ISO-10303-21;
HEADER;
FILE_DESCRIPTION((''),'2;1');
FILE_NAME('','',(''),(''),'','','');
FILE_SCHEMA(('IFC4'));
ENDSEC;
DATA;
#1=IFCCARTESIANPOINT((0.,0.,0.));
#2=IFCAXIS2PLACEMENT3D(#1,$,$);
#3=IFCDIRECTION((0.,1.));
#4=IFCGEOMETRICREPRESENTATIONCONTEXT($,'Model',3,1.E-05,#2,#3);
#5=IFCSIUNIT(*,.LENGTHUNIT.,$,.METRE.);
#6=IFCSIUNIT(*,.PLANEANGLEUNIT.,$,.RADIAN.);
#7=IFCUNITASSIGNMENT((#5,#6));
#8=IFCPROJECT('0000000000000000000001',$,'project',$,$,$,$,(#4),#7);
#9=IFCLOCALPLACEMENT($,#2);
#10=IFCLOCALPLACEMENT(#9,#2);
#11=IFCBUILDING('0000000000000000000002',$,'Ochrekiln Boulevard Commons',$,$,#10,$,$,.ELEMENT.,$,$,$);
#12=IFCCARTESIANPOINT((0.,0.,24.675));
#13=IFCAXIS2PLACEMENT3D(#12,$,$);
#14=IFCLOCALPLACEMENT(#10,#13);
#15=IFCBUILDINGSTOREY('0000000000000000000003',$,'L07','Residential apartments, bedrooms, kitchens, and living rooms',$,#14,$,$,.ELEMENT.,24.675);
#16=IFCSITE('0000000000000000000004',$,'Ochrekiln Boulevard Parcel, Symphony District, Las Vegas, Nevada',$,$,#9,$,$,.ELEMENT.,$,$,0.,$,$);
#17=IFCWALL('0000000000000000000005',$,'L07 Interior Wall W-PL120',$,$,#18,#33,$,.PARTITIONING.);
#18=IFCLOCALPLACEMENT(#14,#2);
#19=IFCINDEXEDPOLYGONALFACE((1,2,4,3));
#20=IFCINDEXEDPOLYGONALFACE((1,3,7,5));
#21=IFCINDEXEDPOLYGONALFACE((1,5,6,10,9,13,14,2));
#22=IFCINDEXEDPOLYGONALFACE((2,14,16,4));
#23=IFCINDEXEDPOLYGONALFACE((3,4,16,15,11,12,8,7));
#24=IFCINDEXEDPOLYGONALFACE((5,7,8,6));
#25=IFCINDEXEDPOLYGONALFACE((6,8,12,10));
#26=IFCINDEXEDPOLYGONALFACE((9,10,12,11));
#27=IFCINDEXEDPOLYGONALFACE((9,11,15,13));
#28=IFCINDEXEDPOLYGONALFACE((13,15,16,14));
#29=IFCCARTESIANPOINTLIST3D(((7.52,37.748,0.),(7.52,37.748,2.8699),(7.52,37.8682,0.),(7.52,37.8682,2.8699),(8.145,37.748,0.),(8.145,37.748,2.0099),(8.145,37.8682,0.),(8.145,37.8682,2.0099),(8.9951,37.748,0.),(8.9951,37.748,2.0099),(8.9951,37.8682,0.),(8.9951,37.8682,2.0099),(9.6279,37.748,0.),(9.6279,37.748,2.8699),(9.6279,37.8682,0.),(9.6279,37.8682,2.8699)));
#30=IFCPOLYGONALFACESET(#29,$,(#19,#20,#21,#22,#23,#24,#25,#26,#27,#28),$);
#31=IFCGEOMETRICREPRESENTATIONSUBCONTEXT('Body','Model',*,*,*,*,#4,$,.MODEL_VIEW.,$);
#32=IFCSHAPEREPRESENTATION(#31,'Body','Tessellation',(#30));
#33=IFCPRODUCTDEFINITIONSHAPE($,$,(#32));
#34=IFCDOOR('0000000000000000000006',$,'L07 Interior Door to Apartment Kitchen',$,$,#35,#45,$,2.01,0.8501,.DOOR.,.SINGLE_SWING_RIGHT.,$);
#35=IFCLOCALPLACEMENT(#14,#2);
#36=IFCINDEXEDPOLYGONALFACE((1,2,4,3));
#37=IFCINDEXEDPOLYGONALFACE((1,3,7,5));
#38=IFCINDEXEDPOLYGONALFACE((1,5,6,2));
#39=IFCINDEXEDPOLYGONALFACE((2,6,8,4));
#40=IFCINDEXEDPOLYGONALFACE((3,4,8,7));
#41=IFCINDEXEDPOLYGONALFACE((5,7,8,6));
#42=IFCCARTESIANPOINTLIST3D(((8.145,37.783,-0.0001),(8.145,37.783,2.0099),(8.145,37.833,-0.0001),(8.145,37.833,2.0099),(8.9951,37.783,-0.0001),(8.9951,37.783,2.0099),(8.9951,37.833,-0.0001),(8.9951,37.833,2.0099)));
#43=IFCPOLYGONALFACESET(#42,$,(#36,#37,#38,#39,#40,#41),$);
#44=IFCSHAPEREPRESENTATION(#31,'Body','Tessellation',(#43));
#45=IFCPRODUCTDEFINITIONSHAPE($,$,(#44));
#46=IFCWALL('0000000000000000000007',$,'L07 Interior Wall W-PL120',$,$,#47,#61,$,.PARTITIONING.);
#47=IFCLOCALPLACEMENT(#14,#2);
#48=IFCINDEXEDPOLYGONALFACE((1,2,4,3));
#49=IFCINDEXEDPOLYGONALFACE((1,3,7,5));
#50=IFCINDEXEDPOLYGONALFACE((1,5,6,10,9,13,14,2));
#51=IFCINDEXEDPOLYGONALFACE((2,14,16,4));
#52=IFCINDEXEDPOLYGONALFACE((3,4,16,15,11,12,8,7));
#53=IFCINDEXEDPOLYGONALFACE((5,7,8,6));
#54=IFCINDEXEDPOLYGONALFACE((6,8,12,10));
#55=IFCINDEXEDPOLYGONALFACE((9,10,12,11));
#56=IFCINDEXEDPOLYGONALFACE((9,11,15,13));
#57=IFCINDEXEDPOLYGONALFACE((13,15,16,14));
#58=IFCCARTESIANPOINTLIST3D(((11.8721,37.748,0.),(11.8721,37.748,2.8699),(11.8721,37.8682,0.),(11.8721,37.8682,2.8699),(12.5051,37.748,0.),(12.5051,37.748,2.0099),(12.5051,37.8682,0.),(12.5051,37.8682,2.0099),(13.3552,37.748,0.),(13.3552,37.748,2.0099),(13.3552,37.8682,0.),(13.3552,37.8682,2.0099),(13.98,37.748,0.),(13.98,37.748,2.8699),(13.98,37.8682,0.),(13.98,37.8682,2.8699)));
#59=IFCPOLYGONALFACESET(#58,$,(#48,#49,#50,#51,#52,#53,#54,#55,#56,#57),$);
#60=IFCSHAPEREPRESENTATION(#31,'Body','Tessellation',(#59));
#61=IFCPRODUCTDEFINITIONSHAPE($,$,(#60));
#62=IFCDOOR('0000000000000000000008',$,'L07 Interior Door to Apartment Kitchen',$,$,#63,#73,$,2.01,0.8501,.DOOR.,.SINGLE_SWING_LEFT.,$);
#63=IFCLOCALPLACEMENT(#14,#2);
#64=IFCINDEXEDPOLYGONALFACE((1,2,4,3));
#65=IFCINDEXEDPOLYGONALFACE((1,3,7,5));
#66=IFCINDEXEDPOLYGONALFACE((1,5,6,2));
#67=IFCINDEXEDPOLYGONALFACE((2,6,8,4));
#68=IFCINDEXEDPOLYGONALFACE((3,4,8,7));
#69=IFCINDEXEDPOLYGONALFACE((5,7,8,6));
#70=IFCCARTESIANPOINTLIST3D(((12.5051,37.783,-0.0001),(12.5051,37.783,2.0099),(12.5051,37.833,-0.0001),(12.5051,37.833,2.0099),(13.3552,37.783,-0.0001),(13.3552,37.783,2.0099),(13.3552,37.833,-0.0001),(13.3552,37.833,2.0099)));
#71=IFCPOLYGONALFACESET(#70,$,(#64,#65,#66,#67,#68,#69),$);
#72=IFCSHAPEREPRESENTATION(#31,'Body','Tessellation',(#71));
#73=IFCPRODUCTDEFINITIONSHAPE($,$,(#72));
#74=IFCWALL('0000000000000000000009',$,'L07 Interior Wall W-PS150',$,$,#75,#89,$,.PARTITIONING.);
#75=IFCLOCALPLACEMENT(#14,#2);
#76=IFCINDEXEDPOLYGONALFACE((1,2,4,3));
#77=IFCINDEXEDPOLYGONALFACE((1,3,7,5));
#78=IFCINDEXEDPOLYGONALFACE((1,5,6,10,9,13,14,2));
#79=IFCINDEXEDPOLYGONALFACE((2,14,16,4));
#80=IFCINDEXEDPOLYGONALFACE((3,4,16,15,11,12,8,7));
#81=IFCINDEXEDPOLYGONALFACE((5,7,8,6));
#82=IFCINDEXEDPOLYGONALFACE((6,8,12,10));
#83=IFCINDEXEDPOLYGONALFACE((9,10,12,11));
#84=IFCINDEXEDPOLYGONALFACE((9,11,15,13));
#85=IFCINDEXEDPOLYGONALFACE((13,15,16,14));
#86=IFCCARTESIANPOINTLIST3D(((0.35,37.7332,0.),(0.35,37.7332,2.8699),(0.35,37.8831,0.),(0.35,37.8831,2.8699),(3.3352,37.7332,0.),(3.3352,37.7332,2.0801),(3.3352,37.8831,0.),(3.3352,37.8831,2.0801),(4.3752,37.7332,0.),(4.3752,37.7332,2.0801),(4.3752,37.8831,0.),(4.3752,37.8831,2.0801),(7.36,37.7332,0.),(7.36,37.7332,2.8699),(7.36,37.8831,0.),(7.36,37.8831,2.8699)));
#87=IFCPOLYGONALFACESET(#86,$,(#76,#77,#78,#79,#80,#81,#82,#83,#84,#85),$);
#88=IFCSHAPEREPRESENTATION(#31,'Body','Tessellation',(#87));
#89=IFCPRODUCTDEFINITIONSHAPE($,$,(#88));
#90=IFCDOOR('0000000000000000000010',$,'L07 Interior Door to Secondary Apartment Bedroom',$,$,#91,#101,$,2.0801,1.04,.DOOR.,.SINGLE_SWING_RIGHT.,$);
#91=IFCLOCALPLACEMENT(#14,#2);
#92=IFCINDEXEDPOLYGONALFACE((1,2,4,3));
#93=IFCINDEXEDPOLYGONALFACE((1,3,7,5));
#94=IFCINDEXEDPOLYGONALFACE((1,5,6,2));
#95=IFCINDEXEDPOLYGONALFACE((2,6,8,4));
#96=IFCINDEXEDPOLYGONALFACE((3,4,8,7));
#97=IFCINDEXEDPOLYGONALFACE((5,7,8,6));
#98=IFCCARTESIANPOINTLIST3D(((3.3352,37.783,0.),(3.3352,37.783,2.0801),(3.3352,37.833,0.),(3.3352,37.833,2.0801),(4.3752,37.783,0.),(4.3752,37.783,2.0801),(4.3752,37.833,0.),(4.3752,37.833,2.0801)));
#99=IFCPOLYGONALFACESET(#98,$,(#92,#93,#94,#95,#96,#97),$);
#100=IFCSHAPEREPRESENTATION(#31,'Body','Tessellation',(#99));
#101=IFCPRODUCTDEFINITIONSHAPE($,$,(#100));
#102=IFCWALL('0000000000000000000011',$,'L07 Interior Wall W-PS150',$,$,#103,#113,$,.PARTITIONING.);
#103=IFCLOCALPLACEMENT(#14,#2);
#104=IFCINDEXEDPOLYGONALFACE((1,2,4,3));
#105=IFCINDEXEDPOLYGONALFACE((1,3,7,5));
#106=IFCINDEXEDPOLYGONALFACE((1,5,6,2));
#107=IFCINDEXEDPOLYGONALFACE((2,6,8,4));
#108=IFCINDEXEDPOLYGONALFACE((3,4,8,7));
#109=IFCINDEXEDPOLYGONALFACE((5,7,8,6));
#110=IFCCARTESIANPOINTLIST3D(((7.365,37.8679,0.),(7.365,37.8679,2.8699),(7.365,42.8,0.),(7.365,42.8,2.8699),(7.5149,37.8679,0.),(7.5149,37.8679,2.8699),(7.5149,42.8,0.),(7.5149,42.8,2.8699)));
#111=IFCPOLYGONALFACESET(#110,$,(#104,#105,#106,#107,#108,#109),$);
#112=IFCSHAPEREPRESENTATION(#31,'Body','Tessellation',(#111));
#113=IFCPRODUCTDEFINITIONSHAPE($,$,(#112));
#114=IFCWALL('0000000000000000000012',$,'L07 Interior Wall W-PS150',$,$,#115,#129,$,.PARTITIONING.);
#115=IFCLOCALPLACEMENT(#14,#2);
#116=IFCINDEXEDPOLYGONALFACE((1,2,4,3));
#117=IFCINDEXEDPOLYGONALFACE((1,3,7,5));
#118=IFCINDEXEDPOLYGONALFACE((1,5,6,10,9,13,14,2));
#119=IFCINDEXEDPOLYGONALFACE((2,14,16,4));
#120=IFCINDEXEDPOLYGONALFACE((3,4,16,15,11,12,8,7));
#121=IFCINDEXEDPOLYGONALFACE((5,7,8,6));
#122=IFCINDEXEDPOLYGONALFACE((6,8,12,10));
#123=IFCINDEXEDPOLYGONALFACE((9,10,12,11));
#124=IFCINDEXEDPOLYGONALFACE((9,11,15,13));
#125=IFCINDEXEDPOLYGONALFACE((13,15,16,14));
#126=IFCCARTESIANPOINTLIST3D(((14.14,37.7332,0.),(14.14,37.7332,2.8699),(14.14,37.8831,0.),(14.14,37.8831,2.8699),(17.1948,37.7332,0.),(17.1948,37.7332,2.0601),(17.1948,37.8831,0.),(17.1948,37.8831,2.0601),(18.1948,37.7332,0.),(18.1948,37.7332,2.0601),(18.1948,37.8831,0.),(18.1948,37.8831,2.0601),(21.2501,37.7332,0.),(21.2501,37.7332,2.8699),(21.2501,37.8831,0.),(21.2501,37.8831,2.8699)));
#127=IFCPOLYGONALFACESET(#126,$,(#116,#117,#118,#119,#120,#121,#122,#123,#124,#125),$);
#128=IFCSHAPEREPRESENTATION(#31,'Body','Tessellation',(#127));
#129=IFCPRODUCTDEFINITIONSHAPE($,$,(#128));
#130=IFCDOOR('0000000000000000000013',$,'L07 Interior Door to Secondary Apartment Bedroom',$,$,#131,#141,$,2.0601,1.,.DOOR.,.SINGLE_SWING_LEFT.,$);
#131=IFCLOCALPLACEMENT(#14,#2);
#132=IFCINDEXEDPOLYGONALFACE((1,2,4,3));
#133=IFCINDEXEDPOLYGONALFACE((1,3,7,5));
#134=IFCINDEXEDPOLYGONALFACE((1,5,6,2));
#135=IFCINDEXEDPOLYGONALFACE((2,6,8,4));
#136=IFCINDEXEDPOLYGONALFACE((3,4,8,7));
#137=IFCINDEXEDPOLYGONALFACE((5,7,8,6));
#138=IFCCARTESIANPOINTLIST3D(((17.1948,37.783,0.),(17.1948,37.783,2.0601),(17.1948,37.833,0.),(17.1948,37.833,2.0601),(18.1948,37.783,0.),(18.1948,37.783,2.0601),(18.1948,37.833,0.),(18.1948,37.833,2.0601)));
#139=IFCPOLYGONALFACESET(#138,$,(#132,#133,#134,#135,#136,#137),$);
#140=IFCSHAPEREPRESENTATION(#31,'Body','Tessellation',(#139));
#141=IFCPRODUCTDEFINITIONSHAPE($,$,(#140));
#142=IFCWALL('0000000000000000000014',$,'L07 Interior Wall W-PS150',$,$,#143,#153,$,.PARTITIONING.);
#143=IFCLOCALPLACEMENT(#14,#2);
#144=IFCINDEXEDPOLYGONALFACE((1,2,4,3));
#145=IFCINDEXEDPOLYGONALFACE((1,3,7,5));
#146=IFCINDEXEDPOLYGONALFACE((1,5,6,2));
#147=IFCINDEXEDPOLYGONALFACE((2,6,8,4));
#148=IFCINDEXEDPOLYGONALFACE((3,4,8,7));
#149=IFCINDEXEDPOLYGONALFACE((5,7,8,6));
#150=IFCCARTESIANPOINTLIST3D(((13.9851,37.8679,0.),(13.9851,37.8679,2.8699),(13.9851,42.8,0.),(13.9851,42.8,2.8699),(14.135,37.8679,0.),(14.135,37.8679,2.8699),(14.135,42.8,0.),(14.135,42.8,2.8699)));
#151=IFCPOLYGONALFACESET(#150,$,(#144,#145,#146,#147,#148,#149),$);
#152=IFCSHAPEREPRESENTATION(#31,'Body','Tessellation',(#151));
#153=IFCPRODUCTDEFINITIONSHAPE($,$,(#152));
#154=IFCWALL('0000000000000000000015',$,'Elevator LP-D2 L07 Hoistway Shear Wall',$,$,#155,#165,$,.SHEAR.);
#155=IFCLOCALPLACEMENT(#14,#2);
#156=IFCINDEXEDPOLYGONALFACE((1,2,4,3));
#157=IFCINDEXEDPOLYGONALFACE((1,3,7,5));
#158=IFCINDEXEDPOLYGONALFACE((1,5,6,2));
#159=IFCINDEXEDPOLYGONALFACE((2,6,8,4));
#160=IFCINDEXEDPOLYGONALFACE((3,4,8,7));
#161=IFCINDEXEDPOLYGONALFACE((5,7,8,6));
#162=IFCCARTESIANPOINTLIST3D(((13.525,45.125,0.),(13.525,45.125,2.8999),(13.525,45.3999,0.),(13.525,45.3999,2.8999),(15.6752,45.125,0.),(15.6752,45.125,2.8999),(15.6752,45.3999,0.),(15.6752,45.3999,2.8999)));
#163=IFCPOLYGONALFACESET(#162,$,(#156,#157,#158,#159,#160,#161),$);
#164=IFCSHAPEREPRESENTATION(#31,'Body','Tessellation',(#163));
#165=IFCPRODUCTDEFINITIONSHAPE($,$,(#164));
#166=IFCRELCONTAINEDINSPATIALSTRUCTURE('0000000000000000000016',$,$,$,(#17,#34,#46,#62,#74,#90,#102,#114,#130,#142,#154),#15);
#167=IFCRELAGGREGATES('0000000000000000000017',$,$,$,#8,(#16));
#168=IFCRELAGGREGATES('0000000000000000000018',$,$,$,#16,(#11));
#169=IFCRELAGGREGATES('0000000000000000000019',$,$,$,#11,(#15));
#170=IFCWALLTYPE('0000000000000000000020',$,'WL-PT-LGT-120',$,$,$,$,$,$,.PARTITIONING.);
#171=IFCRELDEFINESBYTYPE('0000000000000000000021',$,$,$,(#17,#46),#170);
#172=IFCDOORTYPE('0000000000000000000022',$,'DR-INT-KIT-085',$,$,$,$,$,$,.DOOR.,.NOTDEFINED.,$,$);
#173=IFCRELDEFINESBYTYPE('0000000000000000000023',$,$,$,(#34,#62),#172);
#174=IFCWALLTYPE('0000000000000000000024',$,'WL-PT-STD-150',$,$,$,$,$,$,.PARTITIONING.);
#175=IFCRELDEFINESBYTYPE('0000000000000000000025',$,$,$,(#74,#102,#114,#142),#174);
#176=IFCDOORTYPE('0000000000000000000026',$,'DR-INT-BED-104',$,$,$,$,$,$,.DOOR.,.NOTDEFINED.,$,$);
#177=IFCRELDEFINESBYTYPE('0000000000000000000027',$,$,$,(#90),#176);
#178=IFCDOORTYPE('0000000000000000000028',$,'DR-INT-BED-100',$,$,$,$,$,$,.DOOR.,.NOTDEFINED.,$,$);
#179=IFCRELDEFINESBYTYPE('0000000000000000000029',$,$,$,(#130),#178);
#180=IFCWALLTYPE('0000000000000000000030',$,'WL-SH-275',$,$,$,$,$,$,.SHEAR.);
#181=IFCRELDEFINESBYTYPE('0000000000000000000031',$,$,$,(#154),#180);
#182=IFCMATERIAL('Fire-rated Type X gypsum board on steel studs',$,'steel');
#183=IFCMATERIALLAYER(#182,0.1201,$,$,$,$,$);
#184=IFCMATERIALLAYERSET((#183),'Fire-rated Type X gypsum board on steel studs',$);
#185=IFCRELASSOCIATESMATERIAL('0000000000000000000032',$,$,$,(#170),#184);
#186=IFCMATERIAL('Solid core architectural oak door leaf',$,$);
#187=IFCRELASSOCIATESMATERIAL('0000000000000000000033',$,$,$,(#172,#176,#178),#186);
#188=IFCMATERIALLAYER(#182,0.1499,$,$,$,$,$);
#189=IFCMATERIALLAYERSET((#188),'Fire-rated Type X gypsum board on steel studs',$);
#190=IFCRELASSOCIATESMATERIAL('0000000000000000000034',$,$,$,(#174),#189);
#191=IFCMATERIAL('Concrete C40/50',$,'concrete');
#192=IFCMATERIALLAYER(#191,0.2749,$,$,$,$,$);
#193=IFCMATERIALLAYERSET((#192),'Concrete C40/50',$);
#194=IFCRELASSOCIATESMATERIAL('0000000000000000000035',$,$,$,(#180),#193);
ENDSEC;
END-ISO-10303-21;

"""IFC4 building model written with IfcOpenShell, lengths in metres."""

from ifc_helpers import new_model, si_unit, direction, frame, frame_2d, origin, place, context, subcontext, project, spatial, rectangle, extrude, material, layer, layer_set, type_object, element, fill, save


model = new_model("IFC4")

# Units and contexts
model_context = context("Model", 3, precision=1e-05, world=origin(), true_north=direction((0.0, 1.0)))
body_context = subcontext(model_context, "Body", "Model", "MODEL_VIEW")
ifc_project = project(units=[si_unit("LENGTHUNIT", "METRE"), si_unit("PLANEANGLEUNIT", "RADIAN")], contexts=[model_context])

# Site, building, storey
site_placement = place(None, origin())
site = spatial("IfcSite", under=ifc_project, at=site_placement, Name="Ochrekiln Boulevard Parcel, Symphony District, Las Vegas, Nevada", CompositionType="ELEMENT", RefElevation=0.0)
building_placement = place(site_placement, origin())
building = spatial("IfcBuilding", under=site, at=building_placement, Name="Ochrekiln Boulevard Commons", CompositionType="ELEMENT")
storey_placement = place(building_placement, frame((0.0, 0.0, 24.675)))
storey = spatial("IfcBuildingStorey", under=building, at=storey_placement, Name="L07", Description="Residential apartments, bedrooms, kitchens, and living rooms", CompositionType="ELEMENT", Elevation=24.675)

# Shared definitions
ifc_material_1 = material(Name="Concrete C40/50", Category="concrete")

# Shared definitions
ifc_material_2 = material(Name="Fire-rated Type X gypsum board on steel studs", Category="steel")

# Walls, openings, doors
ifc_layer_1 = layer(ifc_material_2, 0.1201)
ifc_layer_set_1 = layer_set([ifc_layer_1], Name="Fire-rated Type X gypsum board on steel studs")
wall_type_1 = type_object("IfcWallType", Name="WL-PT-LGT-120", PredefinedType="PARTITIONING", material=ifc_layer_set_1)
wall_1_placement = place(storey_placement, frame((7.52, 37.8081, 0.0), z_axis=(0.0, 0.0, 1.0), x_axis=(1.0, 0.0, 0.0)))
wall_1 = element("IfcWall", 1, at=wall_1_placement, inside=storey, type_object=wall_type_1, Name="L07 Interior Wall W-PL120", PredefinedType="PARTITIONING", context=body_context, shape_type="SweptSolid", body=[
    extrude(rectangle(XDim=2.1079, YDim=0.1201, at=frame_2d((1.054, 0.0))), origin(), (0.0, 0.0, 1.0), 2.8699),
])
opening_1_placement = place(wall_1_placement, frame((0.625, 0.0, 0.0)))
opening_1 = element("IfcOpeningElement", 2, at=opening_1_placement, cuts=wall_1, PredefinedType="OPENING", context=body_context, shape_type="SweptSolid", body=[
    extrude(rectangle(XDim=0.8501, YDim=2.01, at=frame_2d((0.425, 1.0049))), frame((0.0, 0.0701, 0.0), z_axis=(0.0, -1.0, 0.0), x_axis=(1.0, 0.0, 0.0)), (0.0, 0.0, 1.0), 0.1401),
])
ifc_material_3 = material(Name="Solid core architectural oak door leaf")
door_type_1 = type_object("IfcDoorType", Name="DR-INT-KIT-085", OperationType="NOTDEFINED", PredefinedType="DOOR", material=ifc_material_3)
door_1_placement = place(opening_1_placement, origin())
door_1 = element("IfcDoor", 3, at=door_1_placement, inside=storey, type_object=door_type_1, Name="L07 Interior Door to Apartment Kitchen", OperationType="SINGLE_SWING_RIGHT", OverallHeight=2.01, OverallWidth=0.8501, PredefinedType="DOOR", context=body_context, shape_type="SweptSolid", body=[
    extrude(rectangle(XDim=0.8501, YDim=2.01, at=frame_2d((0.425, 1.0049))), frame((0.0, 0.0249, 0.0), z_axis=(0.0, -1.0, 0.0), x_axis=(1.0, 0.0, 0.0)), (0.0, 0.0, 1.0), 0.05),
])
fill(opening_1, door_1)
wall_2_placement = place(storey_placement, frame((11.8721, 37.8081, 0.0), z_axis=(0.0, 0.0, 1.0), x_axis=(1.0, 0.0, 0.0)))
wall_2 = element("IfcWall", 4, at=wall_2_placement, inside=storey, type_object=wall_type_1, Name="L07 Interior Wall W-PL120", PredefinedType="PARTITIONING", context=body_context, shape_type="SweptSolid", body=[
    extrude(rectangle(XDim=2.1079, YDim=0.1201, at=frame_2d((1.054, 0.0))), origin(), (0.0, 0.0, 1.0), 2.8699),
])
opening_2_placement = place(wall_2_placement, frame((0.6331, 0.0, 0.0)))
opening_2 = element("IfcOpeningElement", 5, at=opening_2_placement, cuts=wall_2, PredefinedType="OPENING", context=body_context, shape_type="SweptSolid", body=[
    extrude(rectangle(XDim=0.8501, YDim=2.01, at=frame_2d((0.425, 1.0049))), frame((0.0, 0.0701, 0.0), z_axis=(0.0, -1.0, 0.0), x_axis=(1.0, 0.0, 0.0)), (0.0, 0.0, 1.0), 0.1401),
])
door_2_placement = place(opening_2_placement, origin())
door_2 = element("IfcDoor", 6, at=door_2_placement, inside=storey, type_object=door_type_1, Name="L07 Interior Door to Apartment Kitchen", OperationType="SINGLE_SWING_LEFT", OverallHeight=2.01, OverallWidth=0.8501, PredefinedType="DOOR", context=body_context, shape_type="SweptSolid", body=[
    extrude(rectangle(XDim=0.8501, YDim=2.01, at=frame_2d((0.425, 1.0049))), frame((0.0, 0.0249, 0.0), z_axis=(0.0, -1.0, 0.0), x_axis=(1.0, 0.0, 0.0)), (0.0, 0.0, 1.0), 0.05),
])
fill(opening_2, door_2)
ifc_layer_2 = layer(ifc_material_2, 0.1499)
ifc_layer_set_2 = layer_set([ifc_layer_2], Name="Fire-rated Type X gypsum board on steel studs")
wall_type_2 = type_object("IfcWallType", Name="WL-PT-STD-150", PredefinedType="PARTITIONING", material=ifc_layer_set_2)
wall_3_placement = place(storey_placement, frame((0.3501, 37.8081, 0.0), z_axis=(0.0, 0.0, 1.0), x_axis=(1.0, 0.0, 0.0)))
wall_3 = element("IfcWall", 7, at=wall_3_placement, inside=storey, type_object=wall_type_2, Name="L07 Interior Wall W-PS150", PredefinedType="PARTITIONING", context=body_context, shape_type="SweptSolid", body=[
    extrude(rectangle(XDim=7.01, YDim=0.1499, at=frame_2d((3.5049, 0.0))), origin(), (0.0, 0.0, 1.0), 2.8699),
])
opening_3_placement = place(wall_3_placement, frame((2.9851, 0.0, 0.0)))
opening_3 = element("IfcOpeningElement", 8, at=opening_3_placement, cuts=wall_3, PredefinedType="OPENING", context=body_context, shape_type="SweptSolid", body=[
    extrude(rectangle(XDim=1.04, YDim=2.0801, at=frame_2d((0.52, 1.04))), frame((0.0, 0.085, 0.0), z_axis=(0.0, -1.0, 0.0), x_axis=(1.0, 0.0, 0.0)), (0.0, 0.0, 1.0), 0.1699),
])
door_type_2 = type_object("IfcDoorType", Name="DR-INT-BED-104", OperationType="NOTDEFINED", PredefinedType="DOOR", material=ifc_material_3)
door_3_placement = place(opening_3_placement, origin())
door_3 = element("IfcDoor", 9, at=door_3_placement, inside=storey, type_object=door_type_2, Name="L07 Interior Door to Secondary Apartment Bedroom", OperationType="SINGLE_SWING_RIGHT", OverallHeight=2.0801, OverallWidth=1.04, PredefinedType="DOOR", context=body_context, shape_type="SweptSolid", body=[
    extrude(rectangle(XDim=1.04, YDim=2.0801, at=frame_2d((0.52, 1.04))), frame((0.0, 0.0249, 0.0), z_axis=(0.0, -1.0, 0.0), x_axis=(1.0, 0.0, 0.0)), (0.0, 0.0, 1.0), 0.05),
])
fill(opening_3, door_3)

# Wall
wall_4_placement = place(storey_placement, frame((7.4399, 37.8679, 0.0), z_axis=(0.0, 0.0, 1.0), x_axis=(0.0, 1.0, 0.0)))
element("IfcWall", 10, at=wall_4_placement, inside=storey, type_object=wall_type_2, Name="L07 Interior Wall W-PS150", PredefinedType="PARTITIONING", context=body_context, shape_type="SweptSolid", body=[
    extrude(rectangle(XDim=4.9321, YDim=0.1499, at=frame_2d((2.4661, 0.0))), origin(), (0.0, 0.0, 1.0), 2.8699),
])

# Wall, opening, door
wall_5_placement = place(storey_placement, frame((14.1399, 37.8081, 0.0), z_axis=(0.0, 0.0, 1.0), x_axis=(1.0, 0.0, 0.0)))
wall_5 = element("IfcWall", 11, at=wall_5_placement, inside=storey, type_object=wall_type_2, Name="L07 Interior Wall W-PS150", PredefinedType="PARTITIONING", context=body_context, shape_type="SweptSolid", body=[
    extrude(rectangle(XDim=7.1101, YDim=0.1499, at=frame_2d((3.5552, 0.0))), origin(), (0.0, 0.0, 1.0), 2.8699),
])
opening_4_placement = place(wall_5_placement, frame((3.0549, 0.0, 0.0)))
opening_4 = element("IfcOpeningElement", 12, at=opening_4_placement, cuts=wall_5, PredefinedType="OPENING", context=body_context, shape_type="SweptSolid", body=[
    extrude(rectangle(XDim=1.0, YDim=2.0601, at=frame_2d((0.5, 1.03))), frame((0.0, 0.085, 0.0), z_axis=(0.0, -1.0, 0.0), x_axis=(1.0, 0.0, 0.0)), (0.0, 0.0, 1.0), 0.1699),
])
door_type_3 = type_object("IfcDoorType", Name="DR-INT-BED-100", OperationType="NOTDEFINED", PredefinedType="DOOR", material=ifc_material_3)
door_4_placement = place(opening_4_placement, origin())
door_4 = element("IfcDoor", 13, at=door_4_placement, inside=storey, type_object=door_type_3, Name="L07 Interior Door to Secondary Apartment Bedroom", OperationType="SINGLE_SWING_LEFT", OverallHeight=2.0601, OverallWidth=1.0, PredefinedType="DOOR", context=body_context, shape_type="SweptSolid", body=[
    extrude(rectangle(XDim=1.0, YDim=2.0601, at=frame_2d((0.5, 1.03))), frame((0.0, 0.0249, 0.0), z_axis=(0.0, -1.0, 0.0), x_axis=(1.0, 0.0, 0.0)), (0.0, 0.0, 1.0), 0.05),
])
fill(opening_4, door_4)

# Walls
wall_6_placement = place(storey_placement, frame((14.0601, 37.8679, 0.0), z_axis=(0.0, 0.0, 1.0), x_axis=(0.0, 1.0, 0.0)))
element("IfcWall", 14, at=wall_6_placement, inside=storey, type_object=wall_type_2, Name="L07 Interior Wall W-PS150", PredefinedType="PARTITIONING", context=body_context, shape_type="SweptSolid", body=[
    extrude(rectangle(XDim=4.9321, YDim=0.1499, at=frame_2d((2.4661, 0.0))), origin(), (0.0, 0.0, 1.0), 2.8699),
])
ifc_layer_3 = layer(ifc_material_1, 0.2749)
ifc_layer_set_3 = layer_set([ifc_layer_3], Name="Concrete C40/50")
wall_type_3 = type_object("IfcWallType", Name="WL-SH-275", PredefinedType="SHEAR", material=ifc_layer_set_3)
wall_7_placement = place(storey_placement, frame((13.5249, 45.2625, 0.0), z_axis=(0.0, 0.0, 1.0), x_axis=(1.0, 0.0, 0.0)))
element("IfcWall", 15, at=wall_7_placement, inside=storey, type_object=wall_type_3, Name="Elevator LP-D2 L07 Hoistway Shear Wall", PredefinedType="SHEAR", context=body_context, shape_type="SweptSolid", body=[
    extrude(rectangle(XDim=2.1501, YDim=0.2749, at=frame_2d((1.0752, 0.0))), origin(), (0.0, 0.0, 1.0), 2.8999),
])

save(model, "model.ifc")
